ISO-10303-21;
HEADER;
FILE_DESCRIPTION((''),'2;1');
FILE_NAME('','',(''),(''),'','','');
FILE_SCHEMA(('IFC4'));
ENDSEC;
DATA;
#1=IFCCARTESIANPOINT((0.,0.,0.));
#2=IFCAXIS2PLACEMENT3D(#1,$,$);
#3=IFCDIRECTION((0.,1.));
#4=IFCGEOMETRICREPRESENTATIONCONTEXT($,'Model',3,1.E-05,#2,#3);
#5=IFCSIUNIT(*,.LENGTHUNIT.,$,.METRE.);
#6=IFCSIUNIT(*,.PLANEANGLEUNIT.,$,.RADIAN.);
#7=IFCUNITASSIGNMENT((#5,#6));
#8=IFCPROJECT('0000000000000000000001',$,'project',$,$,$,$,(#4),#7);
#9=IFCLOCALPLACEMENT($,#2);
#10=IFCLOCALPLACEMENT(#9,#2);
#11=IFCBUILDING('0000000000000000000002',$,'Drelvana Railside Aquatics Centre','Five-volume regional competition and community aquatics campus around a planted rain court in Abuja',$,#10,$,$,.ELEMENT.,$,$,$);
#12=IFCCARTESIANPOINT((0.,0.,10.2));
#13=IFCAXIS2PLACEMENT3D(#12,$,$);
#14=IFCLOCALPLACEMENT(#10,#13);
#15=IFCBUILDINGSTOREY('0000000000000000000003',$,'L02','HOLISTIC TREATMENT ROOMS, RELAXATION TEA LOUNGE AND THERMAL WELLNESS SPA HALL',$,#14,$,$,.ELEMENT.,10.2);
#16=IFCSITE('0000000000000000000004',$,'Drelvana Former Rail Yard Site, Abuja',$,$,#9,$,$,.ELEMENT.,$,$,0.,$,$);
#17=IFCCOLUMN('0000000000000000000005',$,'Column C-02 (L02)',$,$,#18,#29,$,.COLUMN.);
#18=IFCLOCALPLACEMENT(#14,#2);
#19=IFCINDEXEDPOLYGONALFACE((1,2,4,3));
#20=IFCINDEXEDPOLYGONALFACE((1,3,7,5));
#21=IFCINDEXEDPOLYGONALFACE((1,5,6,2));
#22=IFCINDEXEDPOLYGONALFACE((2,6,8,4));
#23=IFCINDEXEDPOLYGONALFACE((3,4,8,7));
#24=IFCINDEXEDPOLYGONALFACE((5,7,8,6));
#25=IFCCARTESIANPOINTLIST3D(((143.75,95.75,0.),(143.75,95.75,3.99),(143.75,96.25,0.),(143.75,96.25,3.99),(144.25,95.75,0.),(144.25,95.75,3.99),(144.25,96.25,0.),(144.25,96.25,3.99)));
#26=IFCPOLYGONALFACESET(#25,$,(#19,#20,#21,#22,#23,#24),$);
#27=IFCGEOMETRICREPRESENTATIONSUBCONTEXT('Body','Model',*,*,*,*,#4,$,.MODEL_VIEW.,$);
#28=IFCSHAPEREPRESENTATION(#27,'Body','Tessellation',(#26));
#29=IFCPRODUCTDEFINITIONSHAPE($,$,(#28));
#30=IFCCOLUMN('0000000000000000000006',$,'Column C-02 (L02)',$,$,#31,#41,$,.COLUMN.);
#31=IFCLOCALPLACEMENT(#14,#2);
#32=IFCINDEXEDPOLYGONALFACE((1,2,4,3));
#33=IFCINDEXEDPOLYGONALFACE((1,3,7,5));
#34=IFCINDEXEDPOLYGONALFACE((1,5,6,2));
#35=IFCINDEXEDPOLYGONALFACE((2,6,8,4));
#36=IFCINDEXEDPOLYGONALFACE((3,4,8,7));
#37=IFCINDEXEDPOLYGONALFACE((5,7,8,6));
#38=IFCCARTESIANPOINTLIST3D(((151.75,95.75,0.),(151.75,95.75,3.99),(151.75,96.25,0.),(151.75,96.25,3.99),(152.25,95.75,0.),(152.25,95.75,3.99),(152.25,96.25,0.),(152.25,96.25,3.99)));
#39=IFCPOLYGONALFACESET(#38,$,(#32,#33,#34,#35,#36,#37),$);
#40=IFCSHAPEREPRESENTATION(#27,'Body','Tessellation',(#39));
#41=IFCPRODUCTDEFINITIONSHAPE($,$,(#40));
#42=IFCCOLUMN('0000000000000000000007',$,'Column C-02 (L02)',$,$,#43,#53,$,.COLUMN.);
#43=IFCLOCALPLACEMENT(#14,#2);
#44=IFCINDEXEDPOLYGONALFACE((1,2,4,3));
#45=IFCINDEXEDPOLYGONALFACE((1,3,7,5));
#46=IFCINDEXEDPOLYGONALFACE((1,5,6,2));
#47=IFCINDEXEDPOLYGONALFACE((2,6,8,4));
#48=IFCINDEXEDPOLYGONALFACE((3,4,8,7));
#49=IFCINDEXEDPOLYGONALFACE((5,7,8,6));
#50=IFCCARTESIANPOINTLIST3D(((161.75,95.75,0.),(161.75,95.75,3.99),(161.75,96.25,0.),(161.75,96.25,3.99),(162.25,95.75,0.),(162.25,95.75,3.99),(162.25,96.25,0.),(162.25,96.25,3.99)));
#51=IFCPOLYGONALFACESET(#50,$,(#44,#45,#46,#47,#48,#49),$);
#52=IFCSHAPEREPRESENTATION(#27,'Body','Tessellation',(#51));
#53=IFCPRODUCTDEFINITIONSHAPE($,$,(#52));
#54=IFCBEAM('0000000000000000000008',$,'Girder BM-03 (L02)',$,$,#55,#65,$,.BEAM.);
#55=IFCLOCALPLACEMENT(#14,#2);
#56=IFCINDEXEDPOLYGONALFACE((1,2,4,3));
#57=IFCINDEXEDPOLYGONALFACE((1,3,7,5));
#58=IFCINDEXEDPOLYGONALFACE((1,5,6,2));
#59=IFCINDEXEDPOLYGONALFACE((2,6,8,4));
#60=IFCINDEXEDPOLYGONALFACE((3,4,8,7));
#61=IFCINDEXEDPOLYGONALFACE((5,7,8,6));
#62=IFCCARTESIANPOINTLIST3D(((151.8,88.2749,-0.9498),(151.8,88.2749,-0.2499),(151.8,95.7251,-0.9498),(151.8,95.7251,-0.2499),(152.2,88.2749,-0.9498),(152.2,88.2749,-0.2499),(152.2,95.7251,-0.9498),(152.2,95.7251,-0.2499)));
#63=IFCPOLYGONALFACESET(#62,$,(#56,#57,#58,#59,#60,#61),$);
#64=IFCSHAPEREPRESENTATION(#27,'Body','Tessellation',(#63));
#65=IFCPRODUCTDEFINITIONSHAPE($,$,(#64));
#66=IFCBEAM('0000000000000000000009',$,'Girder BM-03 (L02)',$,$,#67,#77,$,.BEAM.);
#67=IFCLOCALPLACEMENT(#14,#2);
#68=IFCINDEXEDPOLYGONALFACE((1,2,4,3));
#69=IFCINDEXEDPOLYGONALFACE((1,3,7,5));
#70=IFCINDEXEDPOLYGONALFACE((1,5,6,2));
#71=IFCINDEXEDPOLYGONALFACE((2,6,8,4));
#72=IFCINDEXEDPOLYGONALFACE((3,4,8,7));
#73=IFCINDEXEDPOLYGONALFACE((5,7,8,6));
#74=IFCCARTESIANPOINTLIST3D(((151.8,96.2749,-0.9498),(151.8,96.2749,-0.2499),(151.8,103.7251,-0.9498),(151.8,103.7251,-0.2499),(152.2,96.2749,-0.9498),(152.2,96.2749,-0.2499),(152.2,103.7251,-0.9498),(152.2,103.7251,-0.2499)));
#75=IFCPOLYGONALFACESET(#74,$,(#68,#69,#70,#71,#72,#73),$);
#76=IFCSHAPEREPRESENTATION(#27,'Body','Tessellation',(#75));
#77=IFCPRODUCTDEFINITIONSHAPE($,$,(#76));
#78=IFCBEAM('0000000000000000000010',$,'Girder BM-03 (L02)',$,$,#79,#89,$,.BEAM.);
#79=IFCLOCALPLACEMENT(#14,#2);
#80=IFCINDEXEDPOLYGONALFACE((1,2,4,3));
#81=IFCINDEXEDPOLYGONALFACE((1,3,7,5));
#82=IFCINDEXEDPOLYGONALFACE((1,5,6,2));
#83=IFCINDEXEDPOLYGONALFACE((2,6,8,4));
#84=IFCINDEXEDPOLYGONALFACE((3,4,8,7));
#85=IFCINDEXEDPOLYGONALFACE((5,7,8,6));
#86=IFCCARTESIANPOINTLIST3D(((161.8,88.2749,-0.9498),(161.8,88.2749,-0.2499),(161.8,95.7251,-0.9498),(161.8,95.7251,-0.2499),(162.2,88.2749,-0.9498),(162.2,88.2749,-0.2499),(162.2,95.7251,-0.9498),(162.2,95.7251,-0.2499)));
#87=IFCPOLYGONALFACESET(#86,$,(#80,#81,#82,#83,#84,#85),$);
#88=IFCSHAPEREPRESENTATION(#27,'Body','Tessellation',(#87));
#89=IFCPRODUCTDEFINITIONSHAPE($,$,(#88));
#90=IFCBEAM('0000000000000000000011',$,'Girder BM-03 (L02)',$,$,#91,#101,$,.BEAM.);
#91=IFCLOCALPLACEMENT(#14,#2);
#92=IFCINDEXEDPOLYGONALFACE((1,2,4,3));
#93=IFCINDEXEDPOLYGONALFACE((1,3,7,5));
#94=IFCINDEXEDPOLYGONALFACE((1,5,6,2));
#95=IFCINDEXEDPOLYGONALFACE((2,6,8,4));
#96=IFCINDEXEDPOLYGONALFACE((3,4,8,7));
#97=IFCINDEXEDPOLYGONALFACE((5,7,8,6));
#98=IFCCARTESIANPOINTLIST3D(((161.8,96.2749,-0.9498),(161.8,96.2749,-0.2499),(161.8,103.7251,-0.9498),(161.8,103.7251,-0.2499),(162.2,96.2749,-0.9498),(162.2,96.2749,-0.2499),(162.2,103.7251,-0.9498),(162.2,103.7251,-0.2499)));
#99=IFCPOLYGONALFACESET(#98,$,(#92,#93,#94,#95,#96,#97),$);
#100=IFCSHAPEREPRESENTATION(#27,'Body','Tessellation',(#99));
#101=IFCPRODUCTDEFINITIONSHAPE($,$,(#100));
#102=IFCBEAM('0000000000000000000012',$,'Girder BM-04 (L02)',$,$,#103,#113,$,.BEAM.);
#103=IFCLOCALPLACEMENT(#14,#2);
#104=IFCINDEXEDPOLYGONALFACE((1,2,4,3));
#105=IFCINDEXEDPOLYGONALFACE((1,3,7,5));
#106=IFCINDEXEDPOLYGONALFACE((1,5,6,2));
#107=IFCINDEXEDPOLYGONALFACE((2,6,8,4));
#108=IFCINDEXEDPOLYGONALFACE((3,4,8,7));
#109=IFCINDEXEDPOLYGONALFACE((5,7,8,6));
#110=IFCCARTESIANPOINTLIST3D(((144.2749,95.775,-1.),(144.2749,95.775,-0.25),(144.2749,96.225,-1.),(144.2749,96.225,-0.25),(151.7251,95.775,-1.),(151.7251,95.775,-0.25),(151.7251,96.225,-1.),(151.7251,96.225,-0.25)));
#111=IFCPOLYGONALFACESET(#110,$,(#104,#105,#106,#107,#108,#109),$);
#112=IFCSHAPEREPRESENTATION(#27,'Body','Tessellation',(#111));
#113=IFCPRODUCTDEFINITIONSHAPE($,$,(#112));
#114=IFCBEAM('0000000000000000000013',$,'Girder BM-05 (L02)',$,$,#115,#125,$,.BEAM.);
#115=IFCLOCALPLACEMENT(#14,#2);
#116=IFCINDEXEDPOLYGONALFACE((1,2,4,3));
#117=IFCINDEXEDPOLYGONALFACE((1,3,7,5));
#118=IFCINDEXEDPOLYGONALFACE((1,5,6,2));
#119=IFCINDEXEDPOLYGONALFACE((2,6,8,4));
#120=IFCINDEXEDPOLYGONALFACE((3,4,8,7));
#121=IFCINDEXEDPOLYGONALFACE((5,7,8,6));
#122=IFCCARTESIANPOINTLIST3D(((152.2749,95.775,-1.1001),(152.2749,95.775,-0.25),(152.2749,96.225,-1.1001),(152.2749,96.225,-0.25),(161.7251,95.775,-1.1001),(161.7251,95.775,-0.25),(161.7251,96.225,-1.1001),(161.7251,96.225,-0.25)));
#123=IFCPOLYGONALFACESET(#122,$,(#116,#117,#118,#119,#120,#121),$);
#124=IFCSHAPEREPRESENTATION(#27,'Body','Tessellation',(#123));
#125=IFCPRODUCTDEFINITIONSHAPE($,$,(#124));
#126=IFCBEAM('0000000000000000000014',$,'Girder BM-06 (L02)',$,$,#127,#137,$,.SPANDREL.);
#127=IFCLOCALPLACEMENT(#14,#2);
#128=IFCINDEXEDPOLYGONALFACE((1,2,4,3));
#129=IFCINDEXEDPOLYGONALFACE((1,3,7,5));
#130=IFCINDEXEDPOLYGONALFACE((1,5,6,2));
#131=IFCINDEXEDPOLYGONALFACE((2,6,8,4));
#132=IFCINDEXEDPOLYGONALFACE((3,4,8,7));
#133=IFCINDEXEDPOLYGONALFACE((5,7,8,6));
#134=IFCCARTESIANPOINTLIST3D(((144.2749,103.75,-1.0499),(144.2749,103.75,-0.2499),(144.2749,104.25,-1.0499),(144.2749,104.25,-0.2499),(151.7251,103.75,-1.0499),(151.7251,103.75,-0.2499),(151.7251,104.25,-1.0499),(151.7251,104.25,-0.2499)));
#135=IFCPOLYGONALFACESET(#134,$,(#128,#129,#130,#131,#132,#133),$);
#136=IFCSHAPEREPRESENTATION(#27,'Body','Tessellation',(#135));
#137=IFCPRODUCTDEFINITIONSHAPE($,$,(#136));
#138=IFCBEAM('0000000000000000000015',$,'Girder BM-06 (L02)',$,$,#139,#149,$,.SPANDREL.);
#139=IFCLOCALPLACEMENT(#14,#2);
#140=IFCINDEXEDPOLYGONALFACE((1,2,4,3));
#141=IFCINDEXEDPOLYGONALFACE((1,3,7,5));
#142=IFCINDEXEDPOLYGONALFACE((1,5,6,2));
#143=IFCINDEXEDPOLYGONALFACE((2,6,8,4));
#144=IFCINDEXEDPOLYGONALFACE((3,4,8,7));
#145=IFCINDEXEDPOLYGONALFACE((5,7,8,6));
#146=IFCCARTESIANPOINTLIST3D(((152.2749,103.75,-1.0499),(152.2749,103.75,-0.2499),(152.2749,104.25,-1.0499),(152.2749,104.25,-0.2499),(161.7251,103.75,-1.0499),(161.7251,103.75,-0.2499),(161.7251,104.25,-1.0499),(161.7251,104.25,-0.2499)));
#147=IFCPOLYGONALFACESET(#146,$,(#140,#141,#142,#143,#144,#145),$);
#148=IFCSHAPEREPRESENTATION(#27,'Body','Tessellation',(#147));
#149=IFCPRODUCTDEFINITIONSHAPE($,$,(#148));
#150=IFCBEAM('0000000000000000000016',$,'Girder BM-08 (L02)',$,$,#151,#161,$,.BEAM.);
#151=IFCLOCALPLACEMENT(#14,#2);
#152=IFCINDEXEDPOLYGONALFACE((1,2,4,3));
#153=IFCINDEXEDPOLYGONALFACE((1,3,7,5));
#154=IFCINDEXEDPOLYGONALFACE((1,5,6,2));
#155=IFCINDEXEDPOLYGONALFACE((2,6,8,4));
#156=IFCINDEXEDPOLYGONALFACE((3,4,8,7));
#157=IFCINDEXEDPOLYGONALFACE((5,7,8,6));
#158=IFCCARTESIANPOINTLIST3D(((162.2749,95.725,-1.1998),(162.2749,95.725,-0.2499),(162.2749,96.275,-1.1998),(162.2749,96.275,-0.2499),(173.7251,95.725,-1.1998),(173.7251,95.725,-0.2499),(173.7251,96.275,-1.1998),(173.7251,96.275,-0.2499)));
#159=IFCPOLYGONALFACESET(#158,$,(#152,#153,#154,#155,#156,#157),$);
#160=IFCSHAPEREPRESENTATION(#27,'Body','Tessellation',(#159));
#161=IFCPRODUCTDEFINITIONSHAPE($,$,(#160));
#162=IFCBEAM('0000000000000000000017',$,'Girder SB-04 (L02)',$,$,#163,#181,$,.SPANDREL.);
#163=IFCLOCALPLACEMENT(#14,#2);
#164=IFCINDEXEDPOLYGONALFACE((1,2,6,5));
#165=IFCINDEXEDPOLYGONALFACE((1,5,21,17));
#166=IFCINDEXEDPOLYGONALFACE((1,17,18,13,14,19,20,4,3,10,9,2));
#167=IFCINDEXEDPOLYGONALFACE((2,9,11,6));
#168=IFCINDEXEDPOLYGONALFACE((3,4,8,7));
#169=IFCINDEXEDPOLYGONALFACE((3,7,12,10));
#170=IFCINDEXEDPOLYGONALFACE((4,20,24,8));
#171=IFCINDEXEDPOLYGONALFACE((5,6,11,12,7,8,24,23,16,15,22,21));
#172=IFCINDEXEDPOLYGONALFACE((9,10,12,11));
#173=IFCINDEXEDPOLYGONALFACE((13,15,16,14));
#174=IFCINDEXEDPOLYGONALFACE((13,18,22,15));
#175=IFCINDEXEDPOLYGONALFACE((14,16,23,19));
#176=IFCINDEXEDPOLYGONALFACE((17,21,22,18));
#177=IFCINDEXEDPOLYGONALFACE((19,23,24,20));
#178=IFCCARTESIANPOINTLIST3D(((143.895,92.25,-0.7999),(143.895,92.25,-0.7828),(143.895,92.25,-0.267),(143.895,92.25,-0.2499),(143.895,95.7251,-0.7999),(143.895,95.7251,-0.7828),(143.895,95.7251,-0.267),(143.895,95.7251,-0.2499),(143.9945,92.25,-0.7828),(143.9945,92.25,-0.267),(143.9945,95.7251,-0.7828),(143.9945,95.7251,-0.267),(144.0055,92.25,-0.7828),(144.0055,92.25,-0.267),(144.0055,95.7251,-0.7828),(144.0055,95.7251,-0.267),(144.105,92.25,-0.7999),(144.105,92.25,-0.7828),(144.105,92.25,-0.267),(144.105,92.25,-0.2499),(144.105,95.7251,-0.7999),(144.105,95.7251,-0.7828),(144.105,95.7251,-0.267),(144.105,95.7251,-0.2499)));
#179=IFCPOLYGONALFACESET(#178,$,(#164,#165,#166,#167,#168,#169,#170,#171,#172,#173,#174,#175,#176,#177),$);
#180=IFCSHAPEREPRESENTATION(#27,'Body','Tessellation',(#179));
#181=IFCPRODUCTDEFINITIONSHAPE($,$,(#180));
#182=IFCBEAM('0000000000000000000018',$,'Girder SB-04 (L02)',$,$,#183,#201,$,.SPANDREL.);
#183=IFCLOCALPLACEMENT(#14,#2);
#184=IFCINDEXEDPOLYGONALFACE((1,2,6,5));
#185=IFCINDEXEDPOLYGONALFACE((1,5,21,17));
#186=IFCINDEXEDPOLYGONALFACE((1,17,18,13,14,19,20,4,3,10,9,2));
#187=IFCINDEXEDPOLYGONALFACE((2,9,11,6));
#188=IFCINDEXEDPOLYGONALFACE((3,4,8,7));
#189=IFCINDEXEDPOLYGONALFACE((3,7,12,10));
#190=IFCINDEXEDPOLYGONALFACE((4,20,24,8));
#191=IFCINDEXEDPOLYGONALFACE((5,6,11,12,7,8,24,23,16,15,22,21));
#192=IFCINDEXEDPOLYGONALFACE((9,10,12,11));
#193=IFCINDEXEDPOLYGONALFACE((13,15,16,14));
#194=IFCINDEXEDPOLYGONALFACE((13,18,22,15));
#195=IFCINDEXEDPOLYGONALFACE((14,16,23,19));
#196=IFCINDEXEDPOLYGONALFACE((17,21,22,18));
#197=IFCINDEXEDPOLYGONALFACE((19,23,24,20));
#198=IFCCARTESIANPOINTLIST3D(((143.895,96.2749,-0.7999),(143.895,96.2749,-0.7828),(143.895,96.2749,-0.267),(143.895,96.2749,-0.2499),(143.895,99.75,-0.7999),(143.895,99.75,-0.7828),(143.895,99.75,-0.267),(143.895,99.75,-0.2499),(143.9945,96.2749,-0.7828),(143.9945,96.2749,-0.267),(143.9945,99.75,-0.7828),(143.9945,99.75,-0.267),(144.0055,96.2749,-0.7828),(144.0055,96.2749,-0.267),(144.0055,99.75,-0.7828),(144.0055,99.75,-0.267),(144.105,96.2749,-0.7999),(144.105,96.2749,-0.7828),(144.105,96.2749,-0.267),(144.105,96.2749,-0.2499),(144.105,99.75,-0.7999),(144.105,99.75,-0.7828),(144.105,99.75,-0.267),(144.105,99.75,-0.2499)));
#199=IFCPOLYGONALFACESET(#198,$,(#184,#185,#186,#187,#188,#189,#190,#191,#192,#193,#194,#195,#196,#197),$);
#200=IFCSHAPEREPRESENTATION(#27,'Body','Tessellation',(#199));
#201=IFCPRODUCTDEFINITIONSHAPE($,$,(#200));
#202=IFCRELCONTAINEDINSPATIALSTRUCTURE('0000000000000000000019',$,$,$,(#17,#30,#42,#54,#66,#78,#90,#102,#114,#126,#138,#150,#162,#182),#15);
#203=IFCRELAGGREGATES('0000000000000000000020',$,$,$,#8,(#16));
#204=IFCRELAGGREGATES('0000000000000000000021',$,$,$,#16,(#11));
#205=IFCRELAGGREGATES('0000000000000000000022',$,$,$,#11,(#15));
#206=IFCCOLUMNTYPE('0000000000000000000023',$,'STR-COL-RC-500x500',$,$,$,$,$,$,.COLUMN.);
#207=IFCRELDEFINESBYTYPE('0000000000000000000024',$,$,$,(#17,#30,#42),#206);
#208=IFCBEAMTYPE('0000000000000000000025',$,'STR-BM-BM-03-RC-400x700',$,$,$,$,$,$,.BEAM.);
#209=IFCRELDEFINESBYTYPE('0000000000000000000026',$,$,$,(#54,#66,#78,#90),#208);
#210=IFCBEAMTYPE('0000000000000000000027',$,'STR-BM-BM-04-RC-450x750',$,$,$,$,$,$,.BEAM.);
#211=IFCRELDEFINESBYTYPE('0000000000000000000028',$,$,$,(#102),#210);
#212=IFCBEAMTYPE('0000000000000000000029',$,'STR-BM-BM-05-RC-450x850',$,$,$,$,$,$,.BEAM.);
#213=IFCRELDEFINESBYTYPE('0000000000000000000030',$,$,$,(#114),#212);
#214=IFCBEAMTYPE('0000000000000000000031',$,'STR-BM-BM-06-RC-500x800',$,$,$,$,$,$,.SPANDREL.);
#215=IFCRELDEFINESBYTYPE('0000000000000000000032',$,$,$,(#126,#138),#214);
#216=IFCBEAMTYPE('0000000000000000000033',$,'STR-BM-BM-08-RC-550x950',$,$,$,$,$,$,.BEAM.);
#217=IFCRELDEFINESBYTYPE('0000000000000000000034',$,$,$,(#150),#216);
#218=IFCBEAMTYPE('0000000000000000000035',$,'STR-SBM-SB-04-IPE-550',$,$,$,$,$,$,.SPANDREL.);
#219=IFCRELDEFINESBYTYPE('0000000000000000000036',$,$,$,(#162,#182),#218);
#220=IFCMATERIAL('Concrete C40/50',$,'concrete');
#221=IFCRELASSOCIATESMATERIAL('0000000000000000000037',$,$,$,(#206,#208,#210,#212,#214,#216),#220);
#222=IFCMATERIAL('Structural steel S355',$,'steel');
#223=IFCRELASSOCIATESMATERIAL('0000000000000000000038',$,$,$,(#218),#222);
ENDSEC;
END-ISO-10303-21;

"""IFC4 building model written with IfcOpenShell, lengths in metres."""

from ifc_helpers import new_model, si_unit, direction, frame, origin, origin_2d, place, context, subcontext, project, spatial, rectangle, i_section, extrude, material, material_profile, profile_set, type_object, element, save


model = new_model("IFC4")

# Units and contexts
model_context = context("Model", 3, precision=1e-05, world=origin(), true_north=direction((0.0, 1.0)))
body_context = subcontext(model_context, "Body", "Model", "MODEL_VIEW")
ifc_project = project(units=[si_unit("LENGTHUNIT", "METRE"), si_unit("PLANEANGLEUNIT", "RADIAN")], contexts=[model_context])

# Site, building, storey
site_placement = place(None, origin())
site = spatial("IfcSite", under=ifc_project, at=site_placement, Name="Drelvana Former Rail Yard Site, Abuja", CompositionType="ELEMENT", RefElevation=0.0)
building_placement = place(site_placement, origin())
building = spatial("IfcBuilding", under=site, at=building_placement, Name="Drelvana Railside Aquatics Centre", Description="Five-volume regional competition and community aquatics campus around a planted rain court in Abuja", CompositionType="ELEMENT")
storey_placement = place(building_placement, frame((0.0, 0.0, 10.2)))
storey = spatial("IfcBuildingStorey", under=building, at=storey_placement, Name="L02", Description="HOLISTIC TREATMENT ROOMS, RELAXATION TEA LOUNGE AND THERMAL WELLNESS SPA HALL", CompositionType="ELEMENT", Elevation=10.2)

# Columns
ifc_material_1 = material(Name="Concrete C40/50", Category="concrete")
ifc_material_profile_1 = material_profile(ifc_material_1, rectangle(XDim=0.5, YDim=0.5, at=origin_2d()), Name="RC 500x500")
ifc_profile_set_1 = profile_set([ifc_material_profile_1], Name="Concrete C40/50")
column_type = type_object("IfcColumnType", Name="STR-COL-RC-500x500", PredefinedType="COLUMN", material=ifc_profile_set_1)
for number, where, z_axis, x_axis, name in (
    (1, (144.0, 96.0, 0.0), (0.0, 0.0, 1.0), (1.0, 0.0, 0.0), "Column C-02 (L02)"),
    (2, (152.0, 96.0, 0.0), (0.0, 0.0, 1.0), (1.0, 0.0, 0.0), "Column C-02 (L02)"),
    (3, (162.0, 96.0, 0.0), (0.0, 0.0, 1.0), (1.0, 0.0, 0.0), "Column C-02 (L02)"),
):
    element("IfcColumn", number, at=place(storey_placement, frame(where, z_axis=z_axis, x_axis=x_axis)), inside=storey, type_object=column_type, Name=name, PredefinedType="COLUMN", context=body_context, shape_type="SweptSolid", body=[
        extrude(rectangle(XDim=0.5, YDim=0.5, at=origin_2d()), origin(), (0.0, 0.0, 1.0), 3.99),
    ])

# Beams
ifc_material_profile_2 = material_profile(ifc_material_1, rectangle(XDim=0.3999, YDim=0.7, at=origin_2d()), Name="RC 400x700")
ifc_profile_set_2 = profile_set([ifc_material_profile_2], Name="Concrete C40/50")
beam_type_1 = type_object("IfcBeamType", Name="STR-BM-BM-03-RC-400x700", PredefinedType="BEAM", material=ifc_profile_set_2)
for number, where, z_axis, x_axis, name in (
    (4, (152.0, 88.2749, -0.5999), (0.0, 1.0, 0.0), (-1.0, 0.0, 0.0), "Girder BM-03 (L02)"),
    (5, (152.0, 96.2749, -0.5999), (0.0, 1.0, 0.0), (-1.0, 0.0, 0.0), "Girder BM-03 (L02)"),
    (6, (162.0, 88.2749, -0.5999), (0.0, 1.0, 0.0), (-1.0, 0.0, 0.0), "Girder BM-03 (L02)"),
    (7, (162.0, 96.2749, -0.5999), (0.0, 1.0, 0.0), (-1.0, 0.0, 0.0), "Girder BM-03 (L02)"),
):
    element("IfcBeam", number, at=place(storey_placement, frame(where, z_axis=z_axis, x_axis=x_axis)), inside=storey, type_object=beam_type_1, Name=name, PredefinedType="BEAM", context=body_context, shape_type="SweptSolid", body=[
        extrude(rectangle(XDim=0.3999, YDim=0.7, at=origin_2d()), origin(), (0.0, 0.0, 1.0), 7.4502),
    ])
ifc_material_profile_3 = material_profile(ifc_material_1, rectangle(XDim=0.45, YDim=0.75, at=origin_2d()), Name="RC 450x750")
ifc_profile_set_3 = profile_set([ifc_material_profile_3], Name="Concrete C40/50")
beam_type_2 = type_object("IfcBeamType", Name="STR-BM-BM-04-RC-450x750", PredefinedType="BEAM", material=ifc_profile_set_3)
beam_1_placement = place(storey_placement, frame((144.2749, 96.0, -0.625), z_axis=(1.0, 0.0, 0.0), x_axis=(0.0, 1.0, 0.0)))
element("IfcBeam", 8, at=beam_1_placement, inside=storey, type_object=beam_type_2, Name="Girder BM-04 (L02)", PredefinedType="BEAM", context=body_context, shape_type="SweptSolid", body=[
    extrude(rectangle(XDim=0.45, YDim=0.75, at=origin_2d()), origin(), (0.0, 0.0, 1.0), 7.4502),
])
ifc_material_profile_4 = material_profile(ifc_material_1, rectangle(XDim=0.45, YDim=0.8501, at=origin_2d()), Name="RC 450x850")
ifc_profile_set_4 = profile_set([ifc_material_profile_4], Name="Concrete C40/50")
beam_type_3 = type_object("IfcBeamType", Name="STR-BM-BM-05-RC-450x850", PredefinedType="BEAM", material=ifc_profile_set_4)
beam_2_placement = place(storey_placement, frame((152.2749, 96.0, -0.675), z_axis=(1.0, 0.0, 0.0), x_axis=(0.0, 1.0, 0.0)))
element("IfcBeam", 9, at=beam_2_placement, inside=storey, type_object=beam_type_3, Name="Girder BM-05 (L02)", PredefinedType="BEAM", context=body_context, shape_type="SweptSolid", body=[
    extrude(rectangle(XDim=0.45, YDim=0.8501, at=origin_2d()), origin(), (0.0, 0.0, 1.0), 9.4502),
])
ifc_material_profile_5 = material_profile(ifc_material_1, rectangle(XDim=0.5, YDim=0.8, at=origin_2d()), Name="RC 500x800")
ifc_profile_set_5 = profile_set([ifc_material_profile_5], Name="Concrete C40/50")
beam_type_4 = type_object("IfcBeamType", Name="STR-BM-BM-06-RC-500x800", PredefinedType="SPANDREL", material=ifc_profile_set_5)
beam_3_placement = place(storey_placement, frame((144.2749, 104.0, -0.6499), z_axis=(1.0, 0.0, 0.0), x_axis=(0.0, 1.0, 0.0)))
element("IfcBeam", 10, at=beam_3_placement, inside=storey, type_object=beam_type_4, Name="Girder BM-06 (L02)", PredefinedType="SPANDREL", context=body_context, shape_type="SweptSolid", body=[
    extrude(rectangle(XDim=0.5, YDim=0.8, at=origin_2d()), origin(), (0.0, 0.0, 1.0), 7.4502),
])
beam_4_placement = place(storey_placement, frame((152.2749, 104.0, -0.6499), z_axis=(1.0, 0.0, 0.0), x_axis=(0.0, 1.0, 0.0)))
element("IfcBeam", 11, at=beam_4_placement, inside=storey, type_object=beam_type_4, Name="Girder BM-06 (L02)", PredefinedType="SPANDREL", context=body_context, shape_type="SweptSolid", body=[
    extrude(rectangle(XDim=0.5, YDim=0.8, at=origin_2d()), origin(), (0.0, 0.0, 1.0), 9.4502),
])
ifc_material_profile_6 = material_profile(ifc_material_1, rectangle(XDim=0.55, YDim=0.95, at=origin_2d()), Name="RC 550x950")
ifc_profile_set_6 = profile_set([ifc_material_profile_6], Name="Concrete C40/50")
beam_type_5 = type_object("IfcBeamType", Name="STR-BM-BM-08-RC-550x950", PredefinedType="BEAM", material=ifc_profile_set_6)
beam_5_placement = place(storey_placement, frame((162.2749, 96.0, -0.7249), z_axis=(1.0, 0.0, 0.0), x_axis=(0.0, 1.0, 0.0)))
element("IfcBeam", 12, at=beam_5_placement, inside=storey, type_object=beam_type_5, Name="Girder BM-08 (L02)", PredefinedType="BEAM", context=body_context, shape_type="SweptSolid", body=[
    extrude(rectangle(XDim=0.55, YDim=0.95, at=origin_2d()), origin(), (0.0, 0.0, 1.0), 11.4502),
])
ifc_material_2 = material(Name="Structural steel S355", Category="steel")
ifc_material_profile_7 = material_profile(ifc_material_2, i_section(OverallWidth=0.21, OverallDepth=0.55, WebThickness=0.011, FlangeThickness=0.0171, at=origin_2d()), Name="IPE 550")
ifc_profile_set_7 = profile_set([ifc_material_profile_7], Name="Structural steel S355")
beam_type_6 = type_object("IfcBeamType", Name="STR-SBM-SB-04-IPE-550", PredefinedType="SPANDREL", material=ifc_profile_set_7)
for number, where, z_axis, x_axis, name in (
    (13, (144.0, 92.25, -0.5249), (0.0, 1.0, 0.0), (-1.0, 0.0, 0.0), "Girder SB-04 (L02)"),
    (14, (144.0, 96.2749, -0.5249), (0.0, 1.0, 0.0), (-1.0, 0.0, 0.0), "Girder SB-04 (L02)"),
):
    element("IfcBeam", number, at=place(storey_placement, frame(where, z_axis=z_axis, x_axis=x_axis)), inside=storey, type_object=beam_type_6, Name=name, PredefinedType="SPANDREL", context=body_context, shape_type="SweptSolid", body=[
        extrude(i_section(OverallWidth=0.21, OverallDepth=0.55, WebThickness=0.011, FlangeThickness=0.0171, at=origin_2d()), origin(), (0.0, 0.0, 1.0), 3.4751),
    ])

save(model, "model.ifc")
